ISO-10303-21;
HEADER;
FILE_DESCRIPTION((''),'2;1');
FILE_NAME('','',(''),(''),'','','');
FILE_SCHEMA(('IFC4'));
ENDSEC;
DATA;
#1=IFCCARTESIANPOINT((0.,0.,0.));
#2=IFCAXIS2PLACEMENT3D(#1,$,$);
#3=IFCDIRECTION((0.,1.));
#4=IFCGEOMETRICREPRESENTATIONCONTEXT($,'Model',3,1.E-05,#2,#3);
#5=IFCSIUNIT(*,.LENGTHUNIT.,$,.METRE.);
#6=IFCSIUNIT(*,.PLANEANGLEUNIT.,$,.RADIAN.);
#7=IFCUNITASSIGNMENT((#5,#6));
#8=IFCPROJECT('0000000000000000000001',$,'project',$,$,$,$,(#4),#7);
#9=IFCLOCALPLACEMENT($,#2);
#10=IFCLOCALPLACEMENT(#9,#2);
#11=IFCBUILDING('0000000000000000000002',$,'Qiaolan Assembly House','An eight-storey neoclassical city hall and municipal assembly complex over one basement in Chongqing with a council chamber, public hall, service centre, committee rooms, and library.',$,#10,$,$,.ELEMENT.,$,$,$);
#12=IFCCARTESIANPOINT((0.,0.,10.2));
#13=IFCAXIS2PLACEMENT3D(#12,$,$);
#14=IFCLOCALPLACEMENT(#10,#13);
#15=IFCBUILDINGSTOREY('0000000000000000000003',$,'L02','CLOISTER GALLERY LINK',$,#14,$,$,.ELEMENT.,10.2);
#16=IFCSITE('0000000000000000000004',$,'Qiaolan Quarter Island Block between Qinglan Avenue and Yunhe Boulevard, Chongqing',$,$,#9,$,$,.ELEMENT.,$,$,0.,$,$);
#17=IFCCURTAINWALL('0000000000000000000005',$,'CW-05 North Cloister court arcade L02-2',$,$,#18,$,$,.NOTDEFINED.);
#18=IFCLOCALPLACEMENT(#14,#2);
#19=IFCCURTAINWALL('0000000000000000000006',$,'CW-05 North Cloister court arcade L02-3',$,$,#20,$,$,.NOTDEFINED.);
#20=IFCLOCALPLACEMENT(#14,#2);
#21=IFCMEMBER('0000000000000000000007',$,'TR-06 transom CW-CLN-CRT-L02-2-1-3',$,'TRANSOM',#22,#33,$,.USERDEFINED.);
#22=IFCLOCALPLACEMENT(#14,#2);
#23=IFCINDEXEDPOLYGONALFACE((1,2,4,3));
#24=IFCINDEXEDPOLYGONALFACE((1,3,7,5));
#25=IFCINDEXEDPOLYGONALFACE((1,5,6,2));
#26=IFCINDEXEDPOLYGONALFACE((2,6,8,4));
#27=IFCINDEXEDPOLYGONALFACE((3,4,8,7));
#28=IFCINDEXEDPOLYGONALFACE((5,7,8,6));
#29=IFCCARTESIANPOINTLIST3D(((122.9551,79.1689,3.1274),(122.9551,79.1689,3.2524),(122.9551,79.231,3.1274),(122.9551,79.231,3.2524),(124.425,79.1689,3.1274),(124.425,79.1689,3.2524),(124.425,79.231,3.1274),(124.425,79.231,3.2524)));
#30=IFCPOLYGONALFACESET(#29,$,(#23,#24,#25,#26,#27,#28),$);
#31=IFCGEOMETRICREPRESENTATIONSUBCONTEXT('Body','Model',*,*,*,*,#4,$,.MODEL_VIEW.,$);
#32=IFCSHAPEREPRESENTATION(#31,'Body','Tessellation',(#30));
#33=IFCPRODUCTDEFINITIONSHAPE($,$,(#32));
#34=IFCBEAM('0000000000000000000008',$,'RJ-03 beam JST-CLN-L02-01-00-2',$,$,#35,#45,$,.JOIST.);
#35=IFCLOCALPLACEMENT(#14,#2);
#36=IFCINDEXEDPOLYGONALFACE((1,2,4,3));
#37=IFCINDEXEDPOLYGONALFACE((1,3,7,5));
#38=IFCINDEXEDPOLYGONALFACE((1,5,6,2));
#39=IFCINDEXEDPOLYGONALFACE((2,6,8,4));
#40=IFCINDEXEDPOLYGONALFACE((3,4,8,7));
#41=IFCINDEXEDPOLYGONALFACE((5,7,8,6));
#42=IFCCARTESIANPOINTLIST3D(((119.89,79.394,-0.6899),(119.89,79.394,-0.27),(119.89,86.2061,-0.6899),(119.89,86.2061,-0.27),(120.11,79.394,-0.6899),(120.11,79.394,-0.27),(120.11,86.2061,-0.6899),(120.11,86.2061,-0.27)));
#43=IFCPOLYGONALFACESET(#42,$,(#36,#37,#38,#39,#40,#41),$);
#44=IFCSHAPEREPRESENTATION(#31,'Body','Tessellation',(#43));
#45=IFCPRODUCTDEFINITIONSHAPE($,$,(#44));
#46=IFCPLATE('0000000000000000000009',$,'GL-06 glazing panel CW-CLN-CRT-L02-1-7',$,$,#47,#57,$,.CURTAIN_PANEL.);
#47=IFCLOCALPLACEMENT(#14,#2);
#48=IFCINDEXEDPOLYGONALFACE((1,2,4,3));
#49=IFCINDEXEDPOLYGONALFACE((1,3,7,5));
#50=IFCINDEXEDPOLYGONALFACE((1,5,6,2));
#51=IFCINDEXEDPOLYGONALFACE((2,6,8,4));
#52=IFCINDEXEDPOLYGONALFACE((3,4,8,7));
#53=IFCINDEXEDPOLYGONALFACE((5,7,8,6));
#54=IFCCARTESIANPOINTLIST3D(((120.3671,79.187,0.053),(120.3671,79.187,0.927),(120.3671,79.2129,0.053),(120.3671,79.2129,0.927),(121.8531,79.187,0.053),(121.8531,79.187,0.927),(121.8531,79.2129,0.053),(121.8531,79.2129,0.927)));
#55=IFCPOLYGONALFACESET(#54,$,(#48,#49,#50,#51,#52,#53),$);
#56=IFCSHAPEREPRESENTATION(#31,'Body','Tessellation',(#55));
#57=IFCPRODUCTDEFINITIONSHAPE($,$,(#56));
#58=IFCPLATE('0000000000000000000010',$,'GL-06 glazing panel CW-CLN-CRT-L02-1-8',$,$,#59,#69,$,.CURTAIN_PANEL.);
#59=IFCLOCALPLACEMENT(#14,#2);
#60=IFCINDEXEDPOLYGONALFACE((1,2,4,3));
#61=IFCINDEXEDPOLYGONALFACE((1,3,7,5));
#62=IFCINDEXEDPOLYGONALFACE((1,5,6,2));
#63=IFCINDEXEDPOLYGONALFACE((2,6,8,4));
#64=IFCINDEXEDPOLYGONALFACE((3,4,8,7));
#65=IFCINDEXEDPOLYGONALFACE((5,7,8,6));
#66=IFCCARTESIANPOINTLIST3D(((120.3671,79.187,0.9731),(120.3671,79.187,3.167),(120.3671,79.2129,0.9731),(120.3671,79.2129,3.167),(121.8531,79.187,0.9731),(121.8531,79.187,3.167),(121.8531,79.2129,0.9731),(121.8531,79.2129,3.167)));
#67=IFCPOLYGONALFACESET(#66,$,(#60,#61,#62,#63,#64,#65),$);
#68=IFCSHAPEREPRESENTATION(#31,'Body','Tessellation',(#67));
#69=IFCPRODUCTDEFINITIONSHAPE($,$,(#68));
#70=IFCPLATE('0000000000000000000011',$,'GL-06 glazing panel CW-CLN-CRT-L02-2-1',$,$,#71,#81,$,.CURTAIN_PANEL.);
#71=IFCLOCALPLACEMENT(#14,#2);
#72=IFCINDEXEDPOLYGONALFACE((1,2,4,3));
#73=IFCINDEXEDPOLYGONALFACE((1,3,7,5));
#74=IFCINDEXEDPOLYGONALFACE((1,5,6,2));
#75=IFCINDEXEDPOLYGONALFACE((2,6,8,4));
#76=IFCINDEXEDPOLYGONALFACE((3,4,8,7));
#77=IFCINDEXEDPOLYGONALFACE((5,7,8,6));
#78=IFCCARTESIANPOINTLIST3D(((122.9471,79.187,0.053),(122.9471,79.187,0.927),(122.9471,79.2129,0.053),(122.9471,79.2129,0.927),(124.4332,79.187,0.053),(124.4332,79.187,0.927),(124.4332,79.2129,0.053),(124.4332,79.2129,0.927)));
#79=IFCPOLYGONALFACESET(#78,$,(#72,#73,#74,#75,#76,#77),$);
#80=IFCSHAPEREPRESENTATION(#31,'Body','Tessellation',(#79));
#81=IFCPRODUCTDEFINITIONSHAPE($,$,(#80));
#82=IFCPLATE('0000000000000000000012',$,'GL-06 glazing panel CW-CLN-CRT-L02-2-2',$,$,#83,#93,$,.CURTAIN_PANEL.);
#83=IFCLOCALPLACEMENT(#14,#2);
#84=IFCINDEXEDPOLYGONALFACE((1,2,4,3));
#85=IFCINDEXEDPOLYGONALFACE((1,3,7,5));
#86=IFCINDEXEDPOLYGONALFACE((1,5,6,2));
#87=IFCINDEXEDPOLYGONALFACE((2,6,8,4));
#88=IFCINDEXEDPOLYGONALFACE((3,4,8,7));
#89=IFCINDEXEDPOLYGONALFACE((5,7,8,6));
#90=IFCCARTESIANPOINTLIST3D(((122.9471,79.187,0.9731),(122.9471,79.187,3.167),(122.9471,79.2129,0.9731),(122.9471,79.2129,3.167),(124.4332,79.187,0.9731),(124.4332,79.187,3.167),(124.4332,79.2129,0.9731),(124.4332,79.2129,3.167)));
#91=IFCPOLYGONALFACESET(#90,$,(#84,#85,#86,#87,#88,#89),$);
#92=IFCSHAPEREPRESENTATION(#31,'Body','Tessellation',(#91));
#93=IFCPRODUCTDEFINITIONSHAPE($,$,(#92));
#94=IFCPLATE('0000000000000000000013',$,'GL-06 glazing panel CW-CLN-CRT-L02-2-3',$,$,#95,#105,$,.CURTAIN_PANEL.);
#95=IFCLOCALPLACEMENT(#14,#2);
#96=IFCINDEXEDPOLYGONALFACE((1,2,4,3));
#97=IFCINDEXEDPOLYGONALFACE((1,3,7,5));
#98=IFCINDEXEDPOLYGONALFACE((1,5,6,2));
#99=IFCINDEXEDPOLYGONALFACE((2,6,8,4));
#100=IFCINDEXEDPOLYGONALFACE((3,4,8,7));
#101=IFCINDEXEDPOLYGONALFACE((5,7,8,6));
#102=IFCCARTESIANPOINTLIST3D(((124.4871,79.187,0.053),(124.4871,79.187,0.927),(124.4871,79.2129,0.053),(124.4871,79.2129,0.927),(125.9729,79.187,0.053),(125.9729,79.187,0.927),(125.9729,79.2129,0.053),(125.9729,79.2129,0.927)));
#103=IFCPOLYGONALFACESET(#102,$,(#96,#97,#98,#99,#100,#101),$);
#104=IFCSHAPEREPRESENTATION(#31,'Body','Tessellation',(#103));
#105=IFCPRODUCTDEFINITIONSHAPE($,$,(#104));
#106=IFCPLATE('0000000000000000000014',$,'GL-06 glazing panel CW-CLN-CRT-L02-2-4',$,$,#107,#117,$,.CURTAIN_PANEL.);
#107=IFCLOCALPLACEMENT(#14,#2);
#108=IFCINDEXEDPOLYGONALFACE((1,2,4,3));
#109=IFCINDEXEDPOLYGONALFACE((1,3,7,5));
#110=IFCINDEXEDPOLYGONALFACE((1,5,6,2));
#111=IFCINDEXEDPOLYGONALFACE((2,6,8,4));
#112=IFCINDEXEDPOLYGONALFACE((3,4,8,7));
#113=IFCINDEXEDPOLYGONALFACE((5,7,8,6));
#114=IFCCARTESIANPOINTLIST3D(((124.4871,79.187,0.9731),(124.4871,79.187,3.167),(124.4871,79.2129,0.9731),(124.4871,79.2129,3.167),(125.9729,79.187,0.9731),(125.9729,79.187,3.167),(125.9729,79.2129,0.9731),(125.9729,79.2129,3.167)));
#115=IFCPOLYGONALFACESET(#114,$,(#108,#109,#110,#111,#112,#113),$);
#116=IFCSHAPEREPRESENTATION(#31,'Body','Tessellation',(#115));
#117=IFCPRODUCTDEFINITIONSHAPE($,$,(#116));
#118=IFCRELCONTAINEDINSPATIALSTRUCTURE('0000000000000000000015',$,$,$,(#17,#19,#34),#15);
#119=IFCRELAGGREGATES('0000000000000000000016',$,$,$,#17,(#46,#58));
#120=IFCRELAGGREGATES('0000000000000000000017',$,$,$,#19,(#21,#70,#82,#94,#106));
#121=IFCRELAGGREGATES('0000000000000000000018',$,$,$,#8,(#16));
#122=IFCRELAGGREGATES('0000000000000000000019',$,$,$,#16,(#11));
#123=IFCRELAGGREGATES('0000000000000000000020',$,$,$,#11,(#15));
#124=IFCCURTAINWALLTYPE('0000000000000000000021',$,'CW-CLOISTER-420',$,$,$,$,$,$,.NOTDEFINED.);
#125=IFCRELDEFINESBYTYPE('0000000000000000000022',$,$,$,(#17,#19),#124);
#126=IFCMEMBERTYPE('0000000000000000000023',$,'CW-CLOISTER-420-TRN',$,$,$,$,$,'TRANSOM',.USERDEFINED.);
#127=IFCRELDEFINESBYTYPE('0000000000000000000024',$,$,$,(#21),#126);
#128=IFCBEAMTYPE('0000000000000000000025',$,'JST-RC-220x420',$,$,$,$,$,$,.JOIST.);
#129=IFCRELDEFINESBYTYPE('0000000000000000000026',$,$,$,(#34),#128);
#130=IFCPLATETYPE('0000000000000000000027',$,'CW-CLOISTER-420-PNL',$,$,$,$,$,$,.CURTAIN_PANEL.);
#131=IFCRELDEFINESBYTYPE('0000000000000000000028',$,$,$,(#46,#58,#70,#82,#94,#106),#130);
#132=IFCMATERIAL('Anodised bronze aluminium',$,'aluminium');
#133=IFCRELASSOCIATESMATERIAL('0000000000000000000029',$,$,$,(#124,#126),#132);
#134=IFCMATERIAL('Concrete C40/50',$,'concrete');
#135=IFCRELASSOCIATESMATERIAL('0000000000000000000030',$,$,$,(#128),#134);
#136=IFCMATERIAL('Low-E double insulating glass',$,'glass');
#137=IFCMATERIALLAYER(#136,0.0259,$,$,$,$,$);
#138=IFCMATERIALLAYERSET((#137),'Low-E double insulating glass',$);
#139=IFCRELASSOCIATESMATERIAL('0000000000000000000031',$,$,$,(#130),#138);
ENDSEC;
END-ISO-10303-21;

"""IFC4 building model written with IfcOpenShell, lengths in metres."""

from ifc_helpers import new_model, si_unit, direction, frame, frame_2d, origin, origin_2d, place, context, subcontext, project, spatial, rectangle, extrude, material, layer, layer_set, material_profile, profile_set, type_object, element, aggregate, save


model = new_model("IFC4")

# Units and contexts
model_context = context("Model", 3, precision=1e-05, world=origin(), true_north=direction((0.0, 1.0)))
body_context = subcontext(model_context, "Body", "Model", "MODEL_VIEW")
ifc_project = project(units=[si_unit("LENGTHUNIT", "METRE"), si_unit("PLANEANGLEUNIT", "RADIAN")], contexts=[model_context])

# Site, building, storey
site_placement = place(None, origin())
site = spatial("IfcSite", under=ifc_project, at=site_placement, Name="Qiaolan Quarter Island Block between Qinglan Avenue and Yunhe Boulevard, Chongqing", CompositionType="ELEMENT", RefElevation=0.0)
building_placement = place(site_placement, origin())
building = spatial("IfcBuilding", under=site, at=building_placement, Name="Qiaolan Assembly House", Description="An eight-storey neoclassical city hall and municipal assembly complex over one basement in Chongqing with a council chamber, public hall, service centre, committee rooms, and library.", CompositionType="ELEMENT")
storey_placement = place(building_placement, frame((0.0, 0.0, 10.2)))
storey = spatial("IfcBuildingStorey", under=building, at=storey_placement, Name="L02", Description="CLOISTER GALLERY LINK", CompositionType="ELEMENT", Elevation=10.2)

# Shared definitions
ifc_material_1 = material(Name="Concrete C40/50", Category="concrete")

# Curtain walls
ifc_material_2 = material(Name="Anodised bronze aluminium", Category="aluminium")
curtain_wall_type = type_object("IfcCurtainWallType", Name="CW-CLOISTER-420", PredefinedType="NOTDEFINED", material=ifc_material_2)
curtain_wall_1_placement = place(storey_placement, origin())
curtain_wall_1 = element("IfcCurtainWall", 1, at=curtain_wall_1_placement, inside=storey, type_object=curtain_wall_type, Name="CW-05 North Cloister court arcade L02-2", PredefinedType="NOTDEFINED")
curtain_wall_2_placement = place(storey_placement, origin())
curtain_wall_2 = element("IfcCurtainWall", 2, at=curtain_wall_2_placement, inside=storey, type_object=curtain_wall_type, Name="CW-05 North Cloister court arcade L02-3", PredefinedType="NOTDEFINED")

# Member
ifc_material_profile_1 = material_profile(ifc_material_2, rectangle(XDim=0.062, YDim=0.125, at=origin_2d()), Name="TRN 62x125")
ifc_profile_set_1 = profile_set([ifc_material_profile_1], Name="Anodised bronze aluminium")
member_type_1 = type_object("IfcMemberType", Name="CW-CLOISTER-420-TRN", ElementType="TRANSOM", PredefinedType="USERDEFINED", material=ifc_profile_set_1)
member_1_placement = place(storey_placement, frame((122.9551, 79.2, 3.1899), z_axis=(1.0, 0.0, 0.0), x_axis=(0.0, 1.0, 0.0)))
member_1 = element("IfcMember", 3, at=member_1_placement, type_object=member_type_1, Name="TR-06 transom CW-CLN-CRT-L02-2-1-3", ObjectType="TRANSOM", PredefinedType="USERDEFINED", context=body_context, shape_type="SweptSolid", body=[
    extrude(rectangle(XDim=0.062, YDim=0.125, at=origin_2d()), origin(), (0.0, 0.0, 1.0), 1.47),
])

# Beam
ifc_material_profile_2 = material_profile(ifc_material_1, rectangle(XDim=0.22, YDim=0.4199, at=origin_2d()), Name="RCB 220x420")
ifc_profile_set_2 = profile_set([ifc_material_profile_2], Name="Concrete C40/50")
beam_type_1 = type_object("IfcBeamType", Name="JST-RC-220x420", PredefinedType="JOIST", material=ifc_profile_set_2)
beam_1_placement = place(storey_placement, frame((120.0, 79.394, -0.48), z_axis=(0.0, 1.0, 0.0), x_axis=(-1.0, 0.0, 0.0)))
element("IfcBeam", 4, at=beam_1_placement, inside=storey, type_object=beam_type_1, Name="RJ-03 beam JST-CLN-L02-01-00-2", PredefinedType="JOIST", context=body_context, shape_type="SweptSolid", body=[
    extrude(rectangle(XDim=0.22, YDim=0.4199, at=origin_2d()), origin(), (0.0, 0.0, 1.0), 6.812),
])

# Plates
ifc_material_3 = material(Name="Low-E double insulating glass", Category="glass")
ifc_layer = layer(ifc_material_3, 0.0259)
ifc_layer_set = layer_set([ifc_layer], Name="Low-E double insulating glass")
plate_type = type_object("IfcPlateType", Name="CW-CLOISTER-420-PNL", PredefinedType="CURTAIN_PANEL", material=ifc_layer_set)
plate_1_placement = place(storey_placement, frame((120.3669, 79.2, 0.053), z_axis=(0.0, 0.0, 1.0), x_axis=(1.0, 0.0, 0.0)))
plate_1 = element("IfcPlate", 5, at=plate_1_placement, type_object=plate_type, Name="GL-06 glazing panel CW-CLN-CRT-L02-1-7", PredefinedType="CURTAIN_PANEL", context=body_context, shape_type="SweptSolid", body=[
    extrude(rectangle(XDim=1.4861, YDim=0.0259, at=frame_2d((0.7432, 0.0))), origin(), (0.0, 0.0, 1.0), 0.874),
])
plate_2_placement = place(storey_placement, frame((120.3669, 79.2, 0.9731), z_axis=(0.0, 0.0, 1.0), x_axis=(1.0, 0.0, 0.0)))
plate_2 = element("IfcPlate", 6, at=plate_2_placement, type_object=plate_type, Name="GL-06 glazing panel CW-CLN-CRT-L02-1-8", PredefinedType="CURTAIN_PANEL", context=body_context, shape_type="SweptSolid", body=[
    extrude(rectangle(XDim=1.4861, YDim=0.0259, at=frame_2d((0.7432, 0.0))), origin(), (0.0, 0.0, 1.0), 2.1938),
])
aggregate(curtain_wall_1, [plate_1, plate_2])
plate_3_placement = place(storey_placement, frame((122.947, 79.2, 0.053), z_axis=(0.0, 0.0, 1.0), x_axis=(1.0, 0.0, 0.0)))
plate_3 = element("IfcPlate", 7, at=plate_3_placement, type_object=plate_type, Name="GL-06 glazing panel CW-CLN-CRT-L02-2-1", PredefinedType="CURTAIN_PANEL", context=body_context, shape_type="SweptSolid", body=[
    extrude(rectangle(XDim=1.4861, YDim=0.0259, at=frame_2d((0.7432, 0.0))), origin(), (0.0, 0.0, 1.0), 0.874),
])
plate_4_placement = place(storey_placement, frame((122.947, 79.2, 0.9731), z_axis=(0.0, 0.0, 1.0), x_axis=(1.0, 0.0, 0.0)))
plate_4 = element("IfcPlate", 8, at=plate_4_placement, type_object=plate_type, Name="GL-06 glazing panel CW-CLN-CRT-L02-2-2", PredefinedType="CURTAIN_PANEL", context=body_context, shape_type="SweptSolid", body=[
    extrude(rectangle(XDim=1.4861, YDim=0.0259, at=frame_2d((0.7432, 0.0))), origin(), (0.0, 0.0, 1.0), 2.1938),
])
plate_5_placement = place(storey_placement, frame((124.4871, 79.2, 0.053), z_axis=(0.0, 0.0, 1.0), x_axis=(1.0, 0.0, 0.0)))
plate_5 = element("IfcPlate", 9, at=plate_5_placement, type_object=plate_type, Name="GL-06 glazing panel CW-CLN-CRT-L02-2-3", PredefinedType="CURTAIN_PANEL", context=body_context, shape_type="SweptSolid", body=[
    extrude(rectangle(XDim=1.4858, YDim=0.0259, at=frame_2d((0.7429, 0.0))), origin(), (0.0, 0.0, 1.0), 0.874),
])
plate_6_placement = place(storey_placement, frame((124.4871, 79.2, 0.9731), z_axis=(0.0, 0.0, 1.0), x_axis=(1.0, 0.0, 0.0)))
plate_6 = element("IfcPlate", 10, at=plate_6_placement, type_object=plate_type, Name="GL-06 glazing panel CW-CLN-CRT-L02-2-4", PredefinedType="CURTAIN_PANEL", context=body_context, shape_type="SweptSolid", body=[
    extrude(rectangle(XDim=1.4858, YDim=0.0259, at=frame_2d((0.7429, 0.0))), origin(), (0.0, 0.0, 1.0), 2.1938),
])
aggregate(curtain_wall_2, [member_1, plate_3, plate_4, plate_5, plate_6])

save(model, "model.ifc")
